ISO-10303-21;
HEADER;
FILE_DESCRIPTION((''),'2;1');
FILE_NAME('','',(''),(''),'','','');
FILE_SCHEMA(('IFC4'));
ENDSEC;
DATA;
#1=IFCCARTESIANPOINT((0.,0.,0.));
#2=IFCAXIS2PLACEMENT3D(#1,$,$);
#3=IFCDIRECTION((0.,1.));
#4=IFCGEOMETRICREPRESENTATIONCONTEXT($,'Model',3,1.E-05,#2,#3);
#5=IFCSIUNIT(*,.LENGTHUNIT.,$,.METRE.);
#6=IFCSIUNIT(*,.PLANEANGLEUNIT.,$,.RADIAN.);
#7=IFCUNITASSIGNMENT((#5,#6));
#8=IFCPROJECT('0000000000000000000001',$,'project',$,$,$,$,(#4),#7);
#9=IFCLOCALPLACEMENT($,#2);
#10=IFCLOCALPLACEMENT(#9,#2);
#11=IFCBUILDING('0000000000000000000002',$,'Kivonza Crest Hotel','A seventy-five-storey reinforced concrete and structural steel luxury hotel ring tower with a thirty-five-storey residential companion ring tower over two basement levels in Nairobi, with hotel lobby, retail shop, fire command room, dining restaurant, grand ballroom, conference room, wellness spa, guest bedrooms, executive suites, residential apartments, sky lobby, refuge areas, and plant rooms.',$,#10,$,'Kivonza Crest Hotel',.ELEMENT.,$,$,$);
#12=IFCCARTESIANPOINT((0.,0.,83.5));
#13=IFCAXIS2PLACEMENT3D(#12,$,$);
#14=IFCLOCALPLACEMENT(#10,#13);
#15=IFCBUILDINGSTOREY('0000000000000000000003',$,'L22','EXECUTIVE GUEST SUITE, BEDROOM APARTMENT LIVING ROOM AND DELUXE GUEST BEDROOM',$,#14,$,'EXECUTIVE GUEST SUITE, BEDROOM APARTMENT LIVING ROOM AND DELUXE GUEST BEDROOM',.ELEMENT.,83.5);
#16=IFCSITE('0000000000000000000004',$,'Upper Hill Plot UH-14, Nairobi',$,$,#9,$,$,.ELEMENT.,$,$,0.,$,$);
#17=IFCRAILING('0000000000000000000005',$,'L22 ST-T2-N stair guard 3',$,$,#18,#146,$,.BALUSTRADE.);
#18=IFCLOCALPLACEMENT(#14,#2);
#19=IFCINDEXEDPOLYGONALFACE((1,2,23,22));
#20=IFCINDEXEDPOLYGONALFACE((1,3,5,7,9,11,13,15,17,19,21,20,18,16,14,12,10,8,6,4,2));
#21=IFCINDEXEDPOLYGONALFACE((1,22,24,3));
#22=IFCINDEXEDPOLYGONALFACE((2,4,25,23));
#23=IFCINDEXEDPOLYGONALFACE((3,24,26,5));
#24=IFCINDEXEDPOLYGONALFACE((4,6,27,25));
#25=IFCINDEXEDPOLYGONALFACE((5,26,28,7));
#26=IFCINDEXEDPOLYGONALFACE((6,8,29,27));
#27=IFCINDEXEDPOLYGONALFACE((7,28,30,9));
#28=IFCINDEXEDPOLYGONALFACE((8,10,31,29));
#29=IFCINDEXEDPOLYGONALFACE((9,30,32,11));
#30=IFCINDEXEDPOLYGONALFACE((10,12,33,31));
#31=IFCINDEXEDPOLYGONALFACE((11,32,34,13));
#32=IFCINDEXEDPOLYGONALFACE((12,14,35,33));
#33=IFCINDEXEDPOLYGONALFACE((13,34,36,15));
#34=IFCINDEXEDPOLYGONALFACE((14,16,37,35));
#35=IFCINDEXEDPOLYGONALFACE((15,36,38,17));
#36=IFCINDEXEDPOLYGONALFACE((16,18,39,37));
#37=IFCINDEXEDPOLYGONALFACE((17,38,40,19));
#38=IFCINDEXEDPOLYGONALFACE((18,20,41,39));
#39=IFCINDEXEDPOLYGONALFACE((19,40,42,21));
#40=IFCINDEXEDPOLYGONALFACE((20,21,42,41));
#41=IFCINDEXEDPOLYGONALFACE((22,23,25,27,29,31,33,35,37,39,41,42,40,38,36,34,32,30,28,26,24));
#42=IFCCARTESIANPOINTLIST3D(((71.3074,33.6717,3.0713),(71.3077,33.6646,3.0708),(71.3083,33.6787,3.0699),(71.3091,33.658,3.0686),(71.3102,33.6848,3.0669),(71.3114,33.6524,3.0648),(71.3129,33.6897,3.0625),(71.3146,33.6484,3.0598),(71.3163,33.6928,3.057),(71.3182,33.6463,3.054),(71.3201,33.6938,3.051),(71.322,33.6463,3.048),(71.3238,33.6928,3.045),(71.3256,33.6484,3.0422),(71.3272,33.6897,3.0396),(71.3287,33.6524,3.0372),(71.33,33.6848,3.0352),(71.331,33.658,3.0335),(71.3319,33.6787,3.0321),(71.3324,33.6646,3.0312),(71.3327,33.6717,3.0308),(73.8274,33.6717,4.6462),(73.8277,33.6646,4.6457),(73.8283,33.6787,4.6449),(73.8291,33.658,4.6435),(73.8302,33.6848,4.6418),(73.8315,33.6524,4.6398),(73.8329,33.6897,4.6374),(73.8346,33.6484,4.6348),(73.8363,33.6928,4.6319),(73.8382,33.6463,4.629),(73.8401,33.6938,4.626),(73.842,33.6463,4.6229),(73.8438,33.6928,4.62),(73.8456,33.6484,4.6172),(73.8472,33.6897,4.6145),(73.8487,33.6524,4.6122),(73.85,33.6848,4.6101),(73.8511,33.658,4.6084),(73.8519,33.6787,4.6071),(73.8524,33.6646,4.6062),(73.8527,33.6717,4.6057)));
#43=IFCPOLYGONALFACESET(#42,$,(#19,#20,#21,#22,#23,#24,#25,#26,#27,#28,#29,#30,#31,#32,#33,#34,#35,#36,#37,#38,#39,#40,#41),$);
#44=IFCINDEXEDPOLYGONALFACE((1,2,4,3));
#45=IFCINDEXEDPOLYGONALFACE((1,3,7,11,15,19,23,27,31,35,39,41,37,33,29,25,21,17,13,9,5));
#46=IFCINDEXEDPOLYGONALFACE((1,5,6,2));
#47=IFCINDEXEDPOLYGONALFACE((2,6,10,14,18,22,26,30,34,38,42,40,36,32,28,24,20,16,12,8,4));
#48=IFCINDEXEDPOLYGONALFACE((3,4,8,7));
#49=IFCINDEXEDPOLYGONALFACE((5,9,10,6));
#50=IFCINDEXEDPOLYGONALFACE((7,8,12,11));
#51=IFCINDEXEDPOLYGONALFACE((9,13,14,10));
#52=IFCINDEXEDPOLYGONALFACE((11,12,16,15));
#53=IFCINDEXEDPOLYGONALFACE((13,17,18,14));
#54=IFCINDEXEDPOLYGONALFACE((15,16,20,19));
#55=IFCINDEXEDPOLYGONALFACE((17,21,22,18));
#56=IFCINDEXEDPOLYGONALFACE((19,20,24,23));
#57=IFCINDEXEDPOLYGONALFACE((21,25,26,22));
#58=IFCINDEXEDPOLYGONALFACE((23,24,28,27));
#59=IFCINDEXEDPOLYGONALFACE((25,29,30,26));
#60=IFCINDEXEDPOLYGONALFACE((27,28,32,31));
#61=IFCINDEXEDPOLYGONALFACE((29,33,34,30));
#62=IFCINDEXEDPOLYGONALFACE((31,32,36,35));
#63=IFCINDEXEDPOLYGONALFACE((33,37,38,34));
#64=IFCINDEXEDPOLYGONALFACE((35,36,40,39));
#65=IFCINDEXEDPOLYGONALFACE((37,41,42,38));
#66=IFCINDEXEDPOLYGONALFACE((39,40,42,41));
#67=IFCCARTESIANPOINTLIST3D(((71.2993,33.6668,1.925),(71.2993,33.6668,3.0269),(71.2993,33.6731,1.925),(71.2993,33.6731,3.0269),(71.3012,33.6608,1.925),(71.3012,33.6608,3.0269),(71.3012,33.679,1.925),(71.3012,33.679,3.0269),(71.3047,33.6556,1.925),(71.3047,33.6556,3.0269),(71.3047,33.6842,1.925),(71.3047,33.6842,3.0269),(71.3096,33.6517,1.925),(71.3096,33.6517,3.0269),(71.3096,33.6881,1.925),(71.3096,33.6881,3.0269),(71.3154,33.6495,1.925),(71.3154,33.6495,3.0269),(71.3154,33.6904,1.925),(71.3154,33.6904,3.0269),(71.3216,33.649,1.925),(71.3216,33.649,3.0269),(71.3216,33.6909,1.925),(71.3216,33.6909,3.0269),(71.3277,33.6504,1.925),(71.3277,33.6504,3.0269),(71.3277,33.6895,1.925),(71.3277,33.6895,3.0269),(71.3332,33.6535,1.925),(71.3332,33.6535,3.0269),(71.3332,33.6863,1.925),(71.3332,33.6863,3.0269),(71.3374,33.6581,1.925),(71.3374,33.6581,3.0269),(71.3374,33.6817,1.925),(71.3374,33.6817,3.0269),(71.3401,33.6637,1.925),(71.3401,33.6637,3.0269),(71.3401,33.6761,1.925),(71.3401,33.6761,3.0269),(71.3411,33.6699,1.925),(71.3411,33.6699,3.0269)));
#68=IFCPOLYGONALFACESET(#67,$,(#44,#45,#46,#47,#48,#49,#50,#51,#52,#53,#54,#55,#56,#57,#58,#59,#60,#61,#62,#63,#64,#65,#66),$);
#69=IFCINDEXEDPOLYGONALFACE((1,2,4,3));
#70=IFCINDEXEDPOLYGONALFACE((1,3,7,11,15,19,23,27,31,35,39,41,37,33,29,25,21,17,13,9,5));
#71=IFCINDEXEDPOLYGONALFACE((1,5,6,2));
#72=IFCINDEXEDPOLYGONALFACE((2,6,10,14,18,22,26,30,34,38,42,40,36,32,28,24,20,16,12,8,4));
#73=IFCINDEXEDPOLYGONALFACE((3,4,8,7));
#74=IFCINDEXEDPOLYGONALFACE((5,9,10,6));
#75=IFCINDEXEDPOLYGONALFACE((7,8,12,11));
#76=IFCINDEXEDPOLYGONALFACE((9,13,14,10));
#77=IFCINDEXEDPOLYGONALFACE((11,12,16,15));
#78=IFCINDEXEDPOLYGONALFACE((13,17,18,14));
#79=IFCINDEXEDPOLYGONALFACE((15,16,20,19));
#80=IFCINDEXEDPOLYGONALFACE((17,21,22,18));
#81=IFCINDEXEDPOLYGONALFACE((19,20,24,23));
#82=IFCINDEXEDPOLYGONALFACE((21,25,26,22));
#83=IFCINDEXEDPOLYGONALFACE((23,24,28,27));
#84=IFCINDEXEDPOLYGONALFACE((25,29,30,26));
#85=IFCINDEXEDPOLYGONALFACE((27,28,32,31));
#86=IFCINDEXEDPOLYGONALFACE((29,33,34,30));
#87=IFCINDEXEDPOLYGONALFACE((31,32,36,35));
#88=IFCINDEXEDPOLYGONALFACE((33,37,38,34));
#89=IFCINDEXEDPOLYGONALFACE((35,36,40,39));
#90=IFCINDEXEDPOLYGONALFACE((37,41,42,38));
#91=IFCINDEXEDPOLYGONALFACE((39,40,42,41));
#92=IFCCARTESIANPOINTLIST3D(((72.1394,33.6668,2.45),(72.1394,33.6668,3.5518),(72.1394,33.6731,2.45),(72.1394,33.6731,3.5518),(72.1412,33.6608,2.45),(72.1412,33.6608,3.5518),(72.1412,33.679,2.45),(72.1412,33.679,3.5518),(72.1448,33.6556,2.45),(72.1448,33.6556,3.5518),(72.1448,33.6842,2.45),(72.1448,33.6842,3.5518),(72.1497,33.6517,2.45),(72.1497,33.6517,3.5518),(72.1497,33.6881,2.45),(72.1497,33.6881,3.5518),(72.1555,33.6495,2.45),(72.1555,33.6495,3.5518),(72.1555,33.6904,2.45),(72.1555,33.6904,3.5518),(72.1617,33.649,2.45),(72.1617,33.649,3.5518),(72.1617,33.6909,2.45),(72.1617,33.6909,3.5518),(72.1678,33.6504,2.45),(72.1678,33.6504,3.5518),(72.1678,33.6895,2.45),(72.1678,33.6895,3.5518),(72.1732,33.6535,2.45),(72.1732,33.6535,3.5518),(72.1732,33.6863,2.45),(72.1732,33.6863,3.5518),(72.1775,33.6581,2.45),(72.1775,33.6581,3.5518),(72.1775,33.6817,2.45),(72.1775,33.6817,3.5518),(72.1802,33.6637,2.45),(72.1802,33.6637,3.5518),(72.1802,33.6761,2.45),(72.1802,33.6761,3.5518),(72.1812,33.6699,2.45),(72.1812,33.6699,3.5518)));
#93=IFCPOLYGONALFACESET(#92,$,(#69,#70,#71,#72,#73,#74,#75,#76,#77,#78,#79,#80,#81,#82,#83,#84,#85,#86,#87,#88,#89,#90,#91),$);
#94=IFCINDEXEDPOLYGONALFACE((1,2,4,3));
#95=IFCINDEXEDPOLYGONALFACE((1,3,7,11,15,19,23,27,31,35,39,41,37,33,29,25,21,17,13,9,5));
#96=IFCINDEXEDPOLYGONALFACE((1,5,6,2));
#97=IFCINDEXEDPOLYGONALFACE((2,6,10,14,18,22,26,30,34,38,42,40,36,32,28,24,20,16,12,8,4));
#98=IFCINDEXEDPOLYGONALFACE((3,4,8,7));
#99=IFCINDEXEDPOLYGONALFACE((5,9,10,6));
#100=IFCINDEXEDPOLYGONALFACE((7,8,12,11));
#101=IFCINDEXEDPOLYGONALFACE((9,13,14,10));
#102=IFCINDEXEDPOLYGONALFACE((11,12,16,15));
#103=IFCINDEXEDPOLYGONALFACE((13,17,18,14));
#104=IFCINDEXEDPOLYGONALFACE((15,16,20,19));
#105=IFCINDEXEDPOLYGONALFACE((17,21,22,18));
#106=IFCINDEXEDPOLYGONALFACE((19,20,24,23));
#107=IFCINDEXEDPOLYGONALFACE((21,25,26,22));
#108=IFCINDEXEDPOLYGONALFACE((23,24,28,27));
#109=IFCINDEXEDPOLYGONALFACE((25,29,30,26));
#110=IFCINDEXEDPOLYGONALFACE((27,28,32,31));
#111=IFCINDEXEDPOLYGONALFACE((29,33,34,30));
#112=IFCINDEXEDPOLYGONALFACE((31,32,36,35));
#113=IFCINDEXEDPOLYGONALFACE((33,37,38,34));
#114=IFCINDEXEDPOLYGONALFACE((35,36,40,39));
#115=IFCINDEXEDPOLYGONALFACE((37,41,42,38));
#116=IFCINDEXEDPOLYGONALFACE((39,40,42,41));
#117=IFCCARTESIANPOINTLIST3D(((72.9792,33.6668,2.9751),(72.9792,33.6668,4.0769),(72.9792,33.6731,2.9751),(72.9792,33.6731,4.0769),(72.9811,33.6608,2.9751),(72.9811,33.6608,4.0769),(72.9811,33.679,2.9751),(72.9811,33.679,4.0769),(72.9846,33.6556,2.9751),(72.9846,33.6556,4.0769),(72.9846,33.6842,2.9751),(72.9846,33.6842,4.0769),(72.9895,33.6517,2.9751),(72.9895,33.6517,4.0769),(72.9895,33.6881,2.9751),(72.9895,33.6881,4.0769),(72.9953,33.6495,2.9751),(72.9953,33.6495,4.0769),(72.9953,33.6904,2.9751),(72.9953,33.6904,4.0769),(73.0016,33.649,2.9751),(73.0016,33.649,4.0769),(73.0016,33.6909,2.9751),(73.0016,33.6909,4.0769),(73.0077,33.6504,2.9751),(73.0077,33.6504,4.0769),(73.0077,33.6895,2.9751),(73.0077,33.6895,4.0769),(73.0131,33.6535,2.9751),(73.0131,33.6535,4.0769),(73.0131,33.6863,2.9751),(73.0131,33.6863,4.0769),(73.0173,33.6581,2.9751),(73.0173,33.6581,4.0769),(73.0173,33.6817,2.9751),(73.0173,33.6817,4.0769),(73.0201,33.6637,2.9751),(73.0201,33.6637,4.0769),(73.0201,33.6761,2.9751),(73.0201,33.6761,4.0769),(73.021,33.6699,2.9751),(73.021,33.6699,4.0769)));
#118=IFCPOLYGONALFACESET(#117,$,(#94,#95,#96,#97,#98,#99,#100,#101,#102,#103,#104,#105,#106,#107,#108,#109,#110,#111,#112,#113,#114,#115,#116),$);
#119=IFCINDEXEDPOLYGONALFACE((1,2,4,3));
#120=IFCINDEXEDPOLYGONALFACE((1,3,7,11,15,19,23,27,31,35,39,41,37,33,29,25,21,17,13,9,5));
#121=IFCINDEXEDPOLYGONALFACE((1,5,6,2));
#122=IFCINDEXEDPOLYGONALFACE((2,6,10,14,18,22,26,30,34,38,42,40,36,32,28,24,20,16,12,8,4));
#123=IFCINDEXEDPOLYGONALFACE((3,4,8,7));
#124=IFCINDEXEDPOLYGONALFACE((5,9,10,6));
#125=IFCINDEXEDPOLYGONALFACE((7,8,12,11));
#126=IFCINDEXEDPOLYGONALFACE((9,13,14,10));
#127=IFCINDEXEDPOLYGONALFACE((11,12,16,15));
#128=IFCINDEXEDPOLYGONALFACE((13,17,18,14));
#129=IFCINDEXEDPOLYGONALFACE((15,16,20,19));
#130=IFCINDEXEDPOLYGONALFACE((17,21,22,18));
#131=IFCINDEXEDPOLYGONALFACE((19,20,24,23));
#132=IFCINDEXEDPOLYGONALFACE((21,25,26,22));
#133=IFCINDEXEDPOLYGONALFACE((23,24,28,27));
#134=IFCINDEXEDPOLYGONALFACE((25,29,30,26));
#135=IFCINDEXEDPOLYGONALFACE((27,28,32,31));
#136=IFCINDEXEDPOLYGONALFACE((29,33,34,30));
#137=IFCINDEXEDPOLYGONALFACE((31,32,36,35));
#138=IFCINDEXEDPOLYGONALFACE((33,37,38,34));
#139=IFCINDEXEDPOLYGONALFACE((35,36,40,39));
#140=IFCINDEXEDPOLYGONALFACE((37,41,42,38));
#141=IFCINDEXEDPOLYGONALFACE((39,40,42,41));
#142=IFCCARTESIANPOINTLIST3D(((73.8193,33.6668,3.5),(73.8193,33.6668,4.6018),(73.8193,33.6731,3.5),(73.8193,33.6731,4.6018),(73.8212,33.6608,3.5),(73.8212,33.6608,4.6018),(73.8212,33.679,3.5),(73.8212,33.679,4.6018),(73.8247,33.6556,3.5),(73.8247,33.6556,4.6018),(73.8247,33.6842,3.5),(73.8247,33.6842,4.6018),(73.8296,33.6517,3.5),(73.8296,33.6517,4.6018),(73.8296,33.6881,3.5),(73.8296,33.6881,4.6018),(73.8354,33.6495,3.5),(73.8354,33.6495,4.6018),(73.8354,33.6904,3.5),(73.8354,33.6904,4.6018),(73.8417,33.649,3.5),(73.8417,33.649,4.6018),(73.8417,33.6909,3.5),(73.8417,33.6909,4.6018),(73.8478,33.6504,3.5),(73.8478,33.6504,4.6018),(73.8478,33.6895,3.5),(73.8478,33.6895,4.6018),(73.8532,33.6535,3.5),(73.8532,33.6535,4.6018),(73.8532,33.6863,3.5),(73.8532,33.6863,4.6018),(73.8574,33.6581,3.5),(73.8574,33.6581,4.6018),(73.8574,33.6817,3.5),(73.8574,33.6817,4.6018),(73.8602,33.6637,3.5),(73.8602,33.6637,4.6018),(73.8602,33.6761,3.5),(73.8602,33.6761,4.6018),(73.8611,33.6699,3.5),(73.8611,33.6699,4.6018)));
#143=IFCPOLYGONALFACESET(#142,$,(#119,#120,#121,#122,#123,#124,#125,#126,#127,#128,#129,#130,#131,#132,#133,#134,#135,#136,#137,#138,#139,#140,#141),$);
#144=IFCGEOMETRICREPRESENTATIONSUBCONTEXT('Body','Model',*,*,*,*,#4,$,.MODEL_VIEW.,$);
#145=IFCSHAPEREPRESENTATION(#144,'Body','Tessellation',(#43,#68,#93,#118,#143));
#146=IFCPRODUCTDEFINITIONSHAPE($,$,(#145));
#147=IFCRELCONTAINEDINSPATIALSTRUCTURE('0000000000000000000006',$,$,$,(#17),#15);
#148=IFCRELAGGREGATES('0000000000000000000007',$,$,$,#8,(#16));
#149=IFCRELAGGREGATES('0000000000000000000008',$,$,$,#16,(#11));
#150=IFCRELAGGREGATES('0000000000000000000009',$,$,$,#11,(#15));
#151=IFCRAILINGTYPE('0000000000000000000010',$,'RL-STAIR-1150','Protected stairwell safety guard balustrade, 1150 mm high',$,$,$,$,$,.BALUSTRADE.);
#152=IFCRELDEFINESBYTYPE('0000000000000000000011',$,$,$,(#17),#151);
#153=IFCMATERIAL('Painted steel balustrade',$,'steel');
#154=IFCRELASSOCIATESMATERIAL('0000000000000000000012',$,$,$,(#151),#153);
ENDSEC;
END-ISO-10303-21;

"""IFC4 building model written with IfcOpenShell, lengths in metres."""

from ifc_helpers import new_model, si_unit, direction, frame, origin, origin_2d, place, context, subcontext, project, spatial, circle, extrude, material, type_object, element, save


model = new_model("IFC4")

# Units and contexts
model_context = context("Model", 3, precision=1e-05, world=origin(), true_north=direction((0.0, 1.0)))
body_context = subcontext(model_context, "Body", "Model", "MODEL_VIEW")
ifc_project = project(units=[si_unit("LENGTHUNIT", "METRE"), si_unit("PLANEANGLEUNIT", "RADIAN")], contexts=[model_context])

# Site, building, storey
site_placement = place(None, origin())
site = spatial("IfcSite", under=ifc_project, at=site_placement, Name="Upper Hill Plot UH-14, Nairobi", CompositionType="ELEMENT", RefElevation=0.0)
building_placement = place(site_placement, origin())
building = spatial("IfcBuilding", under=site, at=building_placement, Name="Kivonza Crest Hotel", Description="A seventy-five-storey reinforced concrete and structural steel luxury hotel ring tower with a thirty-five-storey residential companion ring tower over two basement levels in Nairobi, with hotel lobby, retail shop, fire command room, dining restaurant, grand ballroom, conference room, wellness spa, guest bedrooms, executive suites, residential apartments, sky lobby, refuge areas, and plant rooms.", LongName="Kivonza Crest Hotel", CompositionType="ELEMENT")
storey_placement = place(building_placement, frame((0.0, 0.0, 83.5)))
storey = spatial("IfcBuildingStorey", under=building, at=storey_placement, Name="L22", Description="EXECUTIVE GUEST SUITE, BEDROOM APARTMENT LIVING ROOM AND DELUXE GUEST BEDROOM", LongName="EXECUTIVE GUEST SUITE, BEDROOM APARTMENT LIVING ROOM AND DELUXE GUEST BEDROOM", CompositionType="ELEMENT", Elevation=83.5)

# Railing
ifc_material_1 = material(Name="Painted steel balustrade", Category="steel")
railing_type_1 = type_object("IfcRailingType", Name="RL-STAIR-1150", Description="Protected stairwell safety guard balustrade, 1150 mm high", PredefinedType="BALUSTRADE", material=ifc_material_1)
railing_1_placement = place(storey_placement, frame((71.3201, 33.6699, 1.925)))
element("IfcRailing", 1, at=railing_1_placement, inside=storey, type_object=railing_type_1, Name="L22 ST-T2-N stair guard 3", PredefinedType="BALUSTRADE", context=body_context, shape_type="SweptSolid", body=[
    extrude(circle(Radius=0.0239, at=origin_2d()), frame((0.0, 0.0, 1.126), z_axis=(0.848008, 0.0, 0.529984), x_axis=(0.0, 1.0, 0.0)), (0.0, 0.0, 1.0), 2.9717),
    extrude(circle(Radius=0.021, at=origin_2d()), origin(), (0.0, 0.0, 1.0), 1.1018),
    extrude(circle(Radius=0.021, at=origin_2d()), frame((0.8401, 0.0, 0.5249)), (0.0, 0.0, 1.0), 1.1018),
    extrude(circle(Radius=0.021, at=origin_2d()), frame((1.6799, 0.0, 1.05)), (0.0, 0.0, 1.0), 1.1018),
    extrude(circle(Radius=0.021, at=origin_2d()), frame((2.52, 0.0, 1.575)), (0.0, 0.0, 1.0), 1.1018),
])

save(model, "model.ifc")
